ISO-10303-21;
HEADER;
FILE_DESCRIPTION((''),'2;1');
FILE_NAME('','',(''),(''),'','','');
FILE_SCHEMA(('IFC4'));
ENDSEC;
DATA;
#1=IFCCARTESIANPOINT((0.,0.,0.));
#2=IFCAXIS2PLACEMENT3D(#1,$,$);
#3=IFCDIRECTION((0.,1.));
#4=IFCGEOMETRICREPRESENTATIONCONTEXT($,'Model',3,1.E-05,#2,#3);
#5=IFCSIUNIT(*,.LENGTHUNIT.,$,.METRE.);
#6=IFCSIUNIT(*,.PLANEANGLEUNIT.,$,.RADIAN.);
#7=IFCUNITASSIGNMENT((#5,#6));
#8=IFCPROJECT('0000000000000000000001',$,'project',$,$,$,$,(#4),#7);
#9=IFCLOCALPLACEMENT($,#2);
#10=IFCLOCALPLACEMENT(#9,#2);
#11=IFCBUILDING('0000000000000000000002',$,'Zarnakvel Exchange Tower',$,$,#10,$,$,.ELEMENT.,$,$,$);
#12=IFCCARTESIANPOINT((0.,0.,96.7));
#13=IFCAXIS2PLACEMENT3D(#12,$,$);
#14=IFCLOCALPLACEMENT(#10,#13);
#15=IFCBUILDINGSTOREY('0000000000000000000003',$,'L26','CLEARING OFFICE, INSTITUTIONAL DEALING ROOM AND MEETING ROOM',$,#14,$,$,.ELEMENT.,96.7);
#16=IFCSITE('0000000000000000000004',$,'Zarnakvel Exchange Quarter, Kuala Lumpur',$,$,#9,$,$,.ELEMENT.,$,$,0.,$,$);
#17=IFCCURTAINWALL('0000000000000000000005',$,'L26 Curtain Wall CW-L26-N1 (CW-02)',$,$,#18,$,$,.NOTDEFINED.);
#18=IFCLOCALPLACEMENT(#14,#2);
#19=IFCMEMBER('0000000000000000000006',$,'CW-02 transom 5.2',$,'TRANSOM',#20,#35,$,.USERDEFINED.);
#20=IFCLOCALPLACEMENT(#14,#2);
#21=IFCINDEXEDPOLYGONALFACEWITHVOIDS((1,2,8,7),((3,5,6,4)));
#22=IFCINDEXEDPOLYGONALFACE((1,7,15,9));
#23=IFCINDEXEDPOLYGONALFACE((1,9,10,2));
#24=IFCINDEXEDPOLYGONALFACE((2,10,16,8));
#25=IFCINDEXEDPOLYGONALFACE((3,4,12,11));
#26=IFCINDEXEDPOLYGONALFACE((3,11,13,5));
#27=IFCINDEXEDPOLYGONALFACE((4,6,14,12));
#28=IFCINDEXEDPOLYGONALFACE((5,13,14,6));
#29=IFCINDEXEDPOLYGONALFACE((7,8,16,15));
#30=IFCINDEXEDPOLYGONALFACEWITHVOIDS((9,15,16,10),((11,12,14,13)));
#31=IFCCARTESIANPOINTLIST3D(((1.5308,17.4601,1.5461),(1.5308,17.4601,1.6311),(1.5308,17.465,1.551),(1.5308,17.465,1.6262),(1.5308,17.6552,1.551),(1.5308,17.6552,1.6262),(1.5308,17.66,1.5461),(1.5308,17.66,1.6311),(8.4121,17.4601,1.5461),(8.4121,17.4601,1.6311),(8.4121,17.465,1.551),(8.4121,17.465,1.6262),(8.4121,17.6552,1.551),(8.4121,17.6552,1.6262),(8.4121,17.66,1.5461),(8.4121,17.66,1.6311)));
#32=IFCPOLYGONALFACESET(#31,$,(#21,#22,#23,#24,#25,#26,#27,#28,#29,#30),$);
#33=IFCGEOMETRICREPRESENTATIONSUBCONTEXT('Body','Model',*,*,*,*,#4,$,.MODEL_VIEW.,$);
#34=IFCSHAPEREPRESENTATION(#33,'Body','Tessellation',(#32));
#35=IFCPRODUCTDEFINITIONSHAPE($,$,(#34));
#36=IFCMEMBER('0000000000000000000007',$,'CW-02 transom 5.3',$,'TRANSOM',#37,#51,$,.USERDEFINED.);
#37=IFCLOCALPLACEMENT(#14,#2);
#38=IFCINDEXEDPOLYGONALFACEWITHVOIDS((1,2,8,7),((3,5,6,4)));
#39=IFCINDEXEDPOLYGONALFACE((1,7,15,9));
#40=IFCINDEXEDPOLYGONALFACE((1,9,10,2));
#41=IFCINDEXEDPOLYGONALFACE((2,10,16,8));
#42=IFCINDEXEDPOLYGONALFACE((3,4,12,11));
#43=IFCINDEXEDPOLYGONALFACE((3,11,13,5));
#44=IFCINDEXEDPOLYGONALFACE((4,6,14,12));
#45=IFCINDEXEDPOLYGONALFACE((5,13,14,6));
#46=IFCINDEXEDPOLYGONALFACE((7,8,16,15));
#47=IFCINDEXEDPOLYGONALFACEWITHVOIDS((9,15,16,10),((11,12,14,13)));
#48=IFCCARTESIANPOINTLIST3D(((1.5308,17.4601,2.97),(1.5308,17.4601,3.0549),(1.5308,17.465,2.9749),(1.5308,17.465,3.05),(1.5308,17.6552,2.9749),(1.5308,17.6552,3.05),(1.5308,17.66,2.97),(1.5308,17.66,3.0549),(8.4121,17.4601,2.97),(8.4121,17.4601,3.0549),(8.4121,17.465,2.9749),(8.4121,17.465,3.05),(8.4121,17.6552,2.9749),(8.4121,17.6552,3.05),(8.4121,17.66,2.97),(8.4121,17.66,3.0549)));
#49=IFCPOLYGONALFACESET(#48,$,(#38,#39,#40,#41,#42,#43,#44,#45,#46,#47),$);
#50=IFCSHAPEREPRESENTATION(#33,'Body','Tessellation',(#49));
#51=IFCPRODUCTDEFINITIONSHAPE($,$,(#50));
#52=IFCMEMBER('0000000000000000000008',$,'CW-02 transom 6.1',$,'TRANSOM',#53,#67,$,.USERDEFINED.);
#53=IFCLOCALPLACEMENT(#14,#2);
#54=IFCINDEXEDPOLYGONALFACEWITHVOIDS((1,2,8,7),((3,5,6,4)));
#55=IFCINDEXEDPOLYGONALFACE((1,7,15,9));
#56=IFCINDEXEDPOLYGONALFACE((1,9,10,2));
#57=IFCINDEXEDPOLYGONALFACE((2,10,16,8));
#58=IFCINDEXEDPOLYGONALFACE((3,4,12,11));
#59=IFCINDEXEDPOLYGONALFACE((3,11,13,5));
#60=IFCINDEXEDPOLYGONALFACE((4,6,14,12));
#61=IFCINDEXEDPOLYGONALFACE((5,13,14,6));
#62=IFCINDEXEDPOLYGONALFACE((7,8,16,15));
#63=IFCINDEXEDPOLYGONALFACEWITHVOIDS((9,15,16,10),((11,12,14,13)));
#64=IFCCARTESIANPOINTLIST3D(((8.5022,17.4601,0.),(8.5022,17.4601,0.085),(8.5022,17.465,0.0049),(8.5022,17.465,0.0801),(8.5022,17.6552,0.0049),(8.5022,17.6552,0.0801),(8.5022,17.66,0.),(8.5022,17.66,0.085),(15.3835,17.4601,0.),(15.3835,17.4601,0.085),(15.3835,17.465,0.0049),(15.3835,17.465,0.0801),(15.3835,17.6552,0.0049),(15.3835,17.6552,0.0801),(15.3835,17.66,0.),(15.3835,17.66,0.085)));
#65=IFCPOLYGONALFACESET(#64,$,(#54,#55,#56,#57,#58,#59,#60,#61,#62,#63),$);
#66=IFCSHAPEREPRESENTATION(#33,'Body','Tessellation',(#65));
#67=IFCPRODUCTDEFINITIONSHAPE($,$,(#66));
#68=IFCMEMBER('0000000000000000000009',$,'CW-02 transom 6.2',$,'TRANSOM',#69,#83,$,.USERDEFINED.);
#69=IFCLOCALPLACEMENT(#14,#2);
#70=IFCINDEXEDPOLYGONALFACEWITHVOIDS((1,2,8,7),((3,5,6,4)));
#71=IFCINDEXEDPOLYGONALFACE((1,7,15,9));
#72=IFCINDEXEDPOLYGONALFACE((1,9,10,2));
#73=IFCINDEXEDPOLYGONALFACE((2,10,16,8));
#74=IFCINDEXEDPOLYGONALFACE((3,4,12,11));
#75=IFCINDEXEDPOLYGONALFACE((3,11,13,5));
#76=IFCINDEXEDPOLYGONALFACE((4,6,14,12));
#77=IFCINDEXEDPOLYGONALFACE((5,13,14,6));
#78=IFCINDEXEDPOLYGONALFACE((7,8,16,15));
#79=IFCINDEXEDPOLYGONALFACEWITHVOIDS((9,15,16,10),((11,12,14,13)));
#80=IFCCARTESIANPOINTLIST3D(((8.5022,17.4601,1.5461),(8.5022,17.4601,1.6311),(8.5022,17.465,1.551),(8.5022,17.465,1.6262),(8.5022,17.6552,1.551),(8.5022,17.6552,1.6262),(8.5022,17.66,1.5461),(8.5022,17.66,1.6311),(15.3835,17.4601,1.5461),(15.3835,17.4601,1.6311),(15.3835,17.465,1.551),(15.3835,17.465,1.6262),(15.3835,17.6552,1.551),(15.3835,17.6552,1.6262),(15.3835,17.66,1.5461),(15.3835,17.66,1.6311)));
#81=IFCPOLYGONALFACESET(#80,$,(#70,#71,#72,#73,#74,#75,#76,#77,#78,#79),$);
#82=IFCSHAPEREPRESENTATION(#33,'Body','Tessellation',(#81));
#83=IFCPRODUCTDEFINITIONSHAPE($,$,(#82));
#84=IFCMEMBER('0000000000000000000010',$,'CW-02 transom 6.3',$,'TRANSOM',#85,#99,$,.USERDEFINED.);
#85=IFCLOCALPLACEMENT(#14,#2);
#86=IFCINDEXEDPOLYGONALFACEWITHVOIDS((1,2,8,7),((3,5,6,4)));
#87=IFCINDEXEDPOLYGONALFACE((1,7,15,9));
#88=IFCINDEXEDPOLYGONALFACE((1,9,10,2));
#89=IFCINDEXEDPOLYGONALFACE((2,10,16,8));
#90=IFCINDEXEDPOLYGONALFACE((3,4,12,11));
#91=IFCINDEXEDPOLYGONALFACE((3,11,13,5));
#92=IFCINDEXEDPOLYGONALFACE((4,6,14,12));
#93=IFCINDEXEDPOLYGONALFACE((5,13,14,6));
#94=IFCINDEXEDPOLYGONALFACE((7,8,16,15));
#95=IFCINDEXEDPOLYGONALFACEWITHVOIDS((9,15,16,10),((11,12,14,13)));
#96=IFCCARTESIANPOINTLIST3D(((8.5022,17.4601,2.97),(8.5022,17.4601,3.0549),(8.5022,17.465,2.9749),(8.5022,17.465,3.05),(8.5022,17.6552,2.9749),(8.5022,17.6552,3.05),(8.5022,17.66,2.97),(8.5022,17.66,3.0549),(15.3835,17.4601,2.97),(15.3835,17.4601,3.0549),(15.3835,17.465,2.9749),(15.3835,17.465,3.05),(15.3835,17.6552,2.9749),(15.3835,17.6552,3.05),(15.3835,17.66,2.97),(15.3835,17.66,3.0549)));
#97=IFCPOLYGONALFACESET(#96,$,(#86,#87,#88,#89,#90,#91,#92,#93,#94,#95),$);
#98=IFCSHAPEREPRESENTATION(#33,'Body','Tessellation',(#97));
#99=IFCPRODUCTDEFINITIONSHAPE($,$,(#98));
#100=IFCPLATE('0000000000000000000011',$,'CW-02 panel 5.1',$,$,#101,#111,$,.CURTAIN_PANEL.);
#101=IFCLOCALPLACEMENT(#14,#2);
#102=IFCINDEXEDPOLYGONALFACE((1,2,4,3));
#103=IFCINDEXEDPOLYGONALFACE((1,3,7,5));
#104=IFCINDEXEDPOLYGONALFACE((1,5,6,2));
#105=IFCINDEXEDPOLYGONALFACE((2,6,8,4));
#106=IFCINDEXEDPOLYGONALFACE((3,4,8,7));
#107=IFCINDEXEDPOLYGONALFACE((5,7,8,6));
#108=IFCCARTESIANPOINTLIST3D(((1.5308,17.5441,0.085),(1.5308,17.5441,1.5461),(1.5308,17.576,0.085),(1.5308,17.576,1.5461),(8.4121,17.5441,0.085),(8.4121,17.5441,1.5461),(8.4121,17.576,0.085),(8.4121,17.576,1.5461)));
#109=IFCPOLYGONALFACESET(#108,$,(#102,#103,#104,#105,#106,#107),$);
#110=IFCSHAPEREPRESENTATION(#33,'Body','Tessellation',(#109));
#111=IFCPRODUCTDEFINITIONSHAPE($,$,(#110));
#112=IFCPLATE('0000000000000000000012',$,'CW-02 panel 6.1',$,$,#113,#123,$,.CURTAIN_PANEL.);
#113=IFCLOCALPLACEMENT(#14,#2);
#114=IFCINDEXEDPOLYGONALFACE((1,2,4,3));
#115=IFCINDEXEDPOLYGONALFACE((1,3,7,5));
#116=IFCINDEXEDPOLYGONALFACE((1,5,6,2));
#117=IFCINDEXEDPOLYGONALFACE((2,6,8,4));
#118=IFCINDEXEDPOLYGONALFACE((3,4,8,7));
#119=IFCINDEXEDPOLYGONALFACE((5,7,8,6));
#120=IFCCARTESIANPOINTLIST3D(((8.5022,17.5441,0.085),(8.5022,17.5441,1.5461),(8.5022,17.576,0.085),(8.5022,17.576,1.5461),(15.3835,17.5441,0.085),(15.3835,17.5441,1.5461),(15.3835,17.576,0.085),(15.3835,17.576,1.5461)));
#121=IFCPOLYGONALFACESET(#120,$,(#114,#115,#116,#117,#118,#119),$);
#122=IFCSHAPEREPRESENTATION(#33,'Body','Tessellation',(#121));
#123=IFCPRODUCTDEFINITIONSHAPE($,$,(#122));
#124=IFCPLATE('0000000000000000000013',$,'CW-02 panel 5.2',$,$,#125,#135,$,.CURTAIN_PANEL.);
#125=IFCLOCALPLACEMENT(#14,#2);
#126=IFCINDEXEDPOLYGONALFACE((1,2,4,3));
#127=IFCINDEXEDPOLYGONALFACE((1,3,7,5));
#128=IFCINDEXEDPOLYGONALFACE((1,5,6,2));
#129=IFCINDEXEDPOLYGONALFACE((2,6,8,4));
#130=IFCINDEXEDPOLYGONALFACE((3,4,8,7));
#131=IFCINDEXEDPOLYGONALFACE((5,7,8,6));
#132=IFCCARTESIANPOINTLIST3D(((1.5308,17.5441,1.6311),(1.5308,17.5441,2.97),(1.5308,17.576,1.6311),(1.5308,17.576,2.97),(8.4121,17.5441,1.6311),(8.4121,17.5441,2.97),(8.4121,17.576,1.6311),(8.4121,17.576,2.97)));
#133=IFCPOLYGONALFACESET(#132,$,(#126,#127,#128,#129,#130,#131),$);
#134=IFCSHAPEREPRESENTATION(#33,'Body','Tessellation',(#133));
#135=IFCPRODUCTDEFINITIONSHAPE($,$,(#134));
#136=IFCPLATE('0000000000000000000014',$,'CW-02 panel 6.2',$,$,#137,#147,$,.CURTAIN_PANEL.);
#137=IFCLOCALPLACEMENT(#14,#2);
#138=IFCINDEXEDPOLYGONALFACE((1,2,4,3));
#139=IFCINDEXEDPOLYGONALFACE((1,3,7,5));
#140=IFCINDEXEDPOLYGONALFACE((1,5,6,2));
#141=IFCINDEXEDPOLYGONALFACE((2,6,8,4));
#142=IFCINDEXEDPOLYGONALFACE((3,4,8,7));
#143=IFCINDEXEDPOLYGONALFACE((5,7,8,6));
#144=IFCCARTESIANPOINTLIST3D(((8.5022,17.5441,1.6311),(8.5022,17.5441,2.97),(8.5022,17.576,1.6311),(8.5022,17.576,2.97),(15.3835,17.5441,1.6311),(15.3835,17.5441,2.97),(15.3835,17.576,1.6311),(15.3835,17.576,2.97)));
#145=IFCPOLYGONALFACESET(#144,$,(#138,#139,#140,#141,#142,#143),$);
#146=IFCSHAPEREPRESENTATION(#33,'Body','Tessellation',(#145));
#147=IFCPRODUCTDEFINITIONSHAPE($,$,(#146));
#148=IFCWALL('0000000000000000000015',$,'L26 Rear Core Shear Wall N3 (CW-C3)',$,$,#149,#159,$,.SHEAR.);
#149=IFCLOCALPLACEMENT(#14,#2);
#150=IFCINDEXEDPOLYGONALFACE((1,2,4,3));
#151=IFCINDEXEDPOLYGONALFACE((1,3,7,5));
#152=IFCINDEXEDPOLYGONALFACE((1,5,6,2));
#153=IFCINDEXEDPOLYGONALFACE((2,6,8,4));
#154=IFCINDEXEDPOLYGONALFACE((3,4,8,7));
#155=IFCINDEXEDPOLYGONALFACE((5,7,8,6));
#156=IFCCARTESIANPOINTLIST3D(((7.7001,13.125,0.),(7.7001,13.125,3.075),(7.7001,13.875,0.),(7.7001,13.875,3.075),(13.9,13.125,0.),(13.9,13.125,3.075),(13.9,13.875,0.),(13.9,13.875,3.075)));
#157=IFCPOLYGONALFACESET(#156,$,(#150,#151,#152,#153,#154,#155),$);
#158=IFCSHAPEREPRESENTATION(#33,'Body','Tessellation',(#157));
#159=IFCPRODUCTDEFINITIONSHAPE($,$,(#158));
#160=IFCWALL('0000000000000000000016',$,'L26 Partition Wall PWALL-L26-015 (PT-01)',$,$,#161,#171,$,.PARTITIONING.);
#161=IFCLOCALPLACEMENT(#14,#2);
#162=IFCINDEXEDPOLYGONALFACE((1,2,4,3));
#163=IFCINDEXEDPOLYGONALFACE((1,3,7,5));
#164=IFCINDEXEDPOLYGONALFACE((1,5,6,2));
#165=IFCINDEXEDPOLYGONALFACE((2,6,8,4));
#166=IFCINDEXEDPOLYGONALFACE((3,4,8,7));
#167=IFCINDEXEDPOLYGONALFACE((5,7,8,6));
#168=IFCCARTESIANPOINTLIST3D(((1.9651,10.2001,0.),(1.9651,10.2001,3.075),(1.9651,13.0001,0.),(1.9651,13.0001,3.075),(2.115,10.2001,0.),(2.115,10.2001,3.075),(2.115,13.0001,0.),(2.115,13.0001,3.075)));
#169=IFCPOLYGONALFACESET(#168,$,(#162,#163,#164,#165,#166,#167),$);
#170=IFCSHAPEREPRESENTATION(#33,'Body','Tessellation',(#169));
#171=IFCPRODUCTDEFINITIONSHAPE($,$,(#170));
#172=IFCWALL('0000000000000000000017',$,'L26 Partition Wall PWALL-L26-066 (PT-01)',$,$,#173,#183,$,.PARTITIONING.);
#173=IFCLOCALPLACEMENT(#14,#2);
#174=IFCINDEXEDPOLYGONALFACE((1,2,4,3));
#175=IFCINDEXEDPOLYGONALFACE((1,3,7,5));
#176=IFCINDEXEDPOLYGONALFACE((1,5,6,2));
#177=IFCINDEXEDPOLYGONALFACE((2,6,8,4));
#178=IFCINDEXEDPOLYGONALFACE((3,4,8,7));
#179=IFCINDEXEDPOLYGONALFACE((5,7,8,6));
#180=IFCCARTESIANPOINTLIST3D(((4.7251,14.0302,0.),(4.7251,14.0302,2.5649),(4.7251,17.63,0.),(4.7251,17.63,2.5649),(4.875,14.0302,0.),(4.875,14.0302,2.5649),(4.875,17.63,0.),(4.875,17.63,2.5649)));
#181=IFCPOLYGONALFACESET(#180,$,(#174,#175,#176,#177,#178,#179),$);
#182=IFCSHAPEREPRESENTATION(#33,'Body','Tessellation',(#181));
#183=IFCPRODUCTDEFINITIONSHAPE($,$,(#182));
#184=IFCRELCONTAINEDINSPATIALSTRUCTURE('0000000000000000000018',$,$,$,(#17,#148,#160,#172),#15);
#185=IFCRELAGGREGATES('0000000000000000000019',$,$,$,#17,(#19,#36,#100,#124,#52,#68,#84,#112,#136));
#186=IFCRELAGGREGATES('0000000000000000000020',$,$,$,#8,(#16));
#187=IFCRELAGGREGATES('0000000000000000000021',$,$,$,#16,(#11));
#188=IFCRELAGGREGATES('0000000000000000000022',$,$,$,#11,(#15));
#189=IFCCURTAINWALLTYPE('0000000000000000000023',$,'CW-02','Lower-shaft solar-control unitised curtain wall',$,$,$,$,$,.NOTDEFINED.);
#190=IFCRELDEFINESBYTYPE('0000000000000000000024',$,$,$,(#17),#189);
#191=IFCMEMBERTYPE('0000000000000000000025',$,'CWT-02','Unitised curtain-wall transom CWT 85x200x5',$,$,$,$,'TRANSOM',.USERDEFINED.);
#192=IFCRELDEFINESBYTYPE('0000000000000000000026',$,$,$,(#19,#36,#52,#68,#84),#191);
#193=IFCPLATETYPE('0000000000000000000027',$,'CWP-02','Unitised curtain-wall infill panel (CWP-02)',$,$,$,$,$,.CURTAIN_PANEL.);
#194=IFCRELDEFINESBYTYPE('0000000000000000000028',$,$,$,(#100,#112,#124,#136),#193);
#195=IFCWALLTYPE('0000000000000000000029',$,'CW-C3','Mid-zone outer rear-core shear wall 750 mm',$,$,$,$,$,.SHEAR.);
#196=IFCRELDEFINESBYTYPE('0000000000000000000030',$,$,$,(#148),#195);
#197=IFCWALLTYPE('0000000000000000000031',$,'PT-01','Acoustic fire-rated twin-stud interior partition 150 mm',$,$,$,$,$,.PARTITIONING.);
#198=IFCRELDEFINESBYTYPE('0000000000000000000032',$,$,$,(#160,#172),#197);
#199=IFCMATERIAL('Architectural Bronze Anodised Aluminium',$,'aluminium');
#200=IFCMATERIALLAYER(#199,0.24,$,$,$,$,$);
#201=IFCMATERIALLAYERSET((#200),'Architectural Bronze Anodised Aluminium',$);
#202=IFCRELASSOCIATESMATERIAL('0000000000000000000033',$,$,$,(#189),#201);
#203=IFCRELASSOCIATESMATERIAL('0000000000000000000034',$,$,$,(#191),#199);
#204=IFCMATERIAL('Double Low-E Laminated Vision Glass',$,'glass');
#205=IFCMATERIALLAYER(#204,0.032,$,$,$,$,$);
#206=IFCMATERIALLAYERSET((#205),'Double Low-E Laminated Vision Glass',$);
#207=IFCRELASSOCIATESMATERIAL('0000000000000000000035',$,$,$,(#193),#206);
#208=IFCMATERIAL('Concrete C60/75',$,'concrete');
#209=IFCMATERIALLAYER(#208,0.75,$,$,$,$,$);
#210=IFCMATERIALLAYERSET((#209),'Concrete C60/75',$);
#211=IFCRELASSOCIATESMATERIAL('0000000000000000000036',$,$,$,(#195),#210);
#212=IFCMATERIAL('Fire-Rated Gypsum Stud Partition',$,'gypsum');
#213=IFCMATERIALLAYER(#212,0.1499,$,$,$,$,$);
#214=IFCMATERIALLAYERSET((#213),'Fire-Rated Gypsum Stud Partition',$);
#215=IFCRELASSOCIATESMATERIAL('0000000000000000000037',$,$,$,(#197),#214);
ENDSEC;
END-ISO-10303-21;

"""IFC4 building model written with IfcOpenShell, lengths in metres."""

from ifc_helpers import new_model, si_unit, direction, frame, frame_2d, origin, origin_2d, place, context, subcontext, project, spatial, rectangle, hollow_rectangle, extrude, source, transform, mapped, material, layer, layer_set, material_profile, profile_set, type_object, element, aggregate, save


model = new_model("IFC4")

# Units and contexts
model_context = context("Model", 3, precision=1e-05, world=origin(), true_north=direction((0.0, 1.0)))
body_context = subcontext(model_context, "Body", "Model", "MODEL_VIEW")
ifc_project = project(units=[si_unit("LENGTHUNIT", "METRE"), si_unit("PLANEANGLEUNIT", "RADIAN")], contexts=[model_context])

# Site, building, storey
site_placement = place(None, origin())
site = spatial("IfcSite", under=ifc_project, at=site_placement, Name="Zarnakvel Exchange Quarter, Kuala Lumpur", CompositionType="ELEMENT", RefElevation=0.0)
building_placement = place(site_placement, origin())
building = spatial("IfcBuilding", under=site, at=building_placement, Name="Zarnakvel Exchange Tower", CompositionType="ELEMENT")
storey_placement = place(building_placement, frame((0.0, 0.0, 96.7)))
storey = spatial("IfcBuildingStorey", under=building, at=storey_placement, Name="L26", Description="CLEARING OFFICE, INSTITUTIONAL DEALING ROOM AND MEETING ROOM", CompositionType="ELEMENT", Elevation=96.7)

# Shared definitions
ifc_material_1 = material(Name="Concrete C60/75", Category="concrete")

# Curtain wall, members, plates
ifc_material_2 = material(Name="Architectural Bronze Anodised Aluminium", Category="aluminium")
ifc_layer_1 = layer(ifc_material_2, 0.24)
ifc_layer_set_1 = layer_set([ifc_layer_1], Name="Architectural Bronze Anodised Aluminium")
curtain_wall_type = type_object("IfcCurtainWallType", Name="CW-02", Description="Lower-shaft solar-control unitised curtain wall", PredefinedType="NOTDEFINED", material=ifc_layer_set_1)
curtain_wall_placement = place(storey_placement, origin())
curtain_wall = element("IfcCurtainWall", 1, at=curtain_wall_placement, inside=storey, type_object=curtain_wall_type, Name="L26 Curtain Wall CW-L26-N1 (CW-02)", PredefinedType="NOTDEFINED")
ifc_material_profile_1 = material_profile(ifc_material_2, hollow_rectangle(XDim=0.2, YDim=0.085, WallThickness=0.0049, at=origin_2d()))
ifc_profile_set_1 = profile_set([ifc_material_profile_1], Name="Architectural Bronze Anodised Aluminium")
member_type_1 = type_object("IfcMemberType", Name="CWT-02", Description="Unitised curtain-wall transom CWT 85x200x5", ElementType="TRANSOM", PredefinedType="USERDEFINED", material=ifc_profile_set_1)
shared_shape_1 = source(origin(), body_context, "Body", "SweptSolid", [
    extrude(hollow_rectangle(XDim=0.2, YDim=0.085, WallThickness=0.0049, at=origin_2d()), origin(), (0.0, 0.0, 1.0), 6.8813),
])
member_1_placement = place(storey_placement, frame((1.5308, 17.5601, 1.5886), z_axis=(1.0, 0.0, 0.0), x_axis=(0.0, 1.0, 0.0)))
member_1 = element("IfcMember", 2, at=member_1_placement, type_object=member_type_1, Name="CW-02 transom 5.2", ObjectType="TRANSOM", PredefinedType="USERDEFINED", context=body_context, shape_type="MappedRepresentation", body=[
    mapped(shared_shape_1, transform((0.0, 0.0, 0.0), x_axis=(1.0, 0.0, 0.0), y_axis=(0.0, 1.0, 0.0), z_axis=(0.0, 0.0, 1.0), scale=1.0)),
])
member_2_placement = place(storey_placement, frame((1.5308, 17.5601, 3.0125), z_axis=(1.0, 0.0, 0.0), x_axis=(0.0, 1.0, 0.0)))
member_2 = element("IfcMember", 3, at=member_2_placement, type_object=member_type_1, Name="CW-02 transom 5.3", ObjectType="TRANSOM", PredefinedType="USERDEFINED", context=body_context, shape_type="MappedRepresentation", body=[
    mapped(shared_shape_1, transform((0.0, 0.0, 0.0), x_axis=(1.0, 0.0, 0.0), y_axis=(0.0, 1.0, 0.0), z_axis=(0.0, 0.0, 1.0), scale=1.0)),
])
member_3_placement = place(storey_placement, frame((8.5022, 17.5601, 0.0425), z_axis=(1.0, 0.0, 0.0), x_axis=(0.0, 1.0, 0.0)))
member_3 = element("IfcMember", 4, at=member_3_placement, type_object=member_type_1, Name="CW-02 transom 6.1", ObjectType="TRANSOM", PredefinedType="USERDEFINED", context=body_context, shape_type="MappedRepresentation", body=[
    mapped(shared_shape_1, transform((0.0, 0.0, 0.0), x_axis=(1.0, 0.0, 0.0), y_axis=(0.0, 1.0, 0.0), z_axis=(0.0, 0.0, 1.0), scale=1.0)),
])
member_4_placement = place(storey_placement, frame((8.5022, 17.5601, 1.5886), z_axis=(1.0, 0.0, 0.0), x_axis=(0.0, 1.0, 0.0)))
member_4 = element("IfcMember", 5, at=member_4_placement, type_object=member_type_1, Name="CW-02 transom 6.2", ObjectType="TRANSOM", PredefinedType="USERDEFINED", context=body_context, shape_type="MappedRepresentation", body=[
    mapped(shared_shape_1, transform((0.0, 0.0, 0.0), x_axis=(1.0, 0.0, 0.0), y_axis=(0.0, 1.0, 0.0), z_axis=(0.0, 0.0, 1.0), scale=1.0)),
])
member_5_placement = place(storey_placement, frame((8.5022, 17.5601, 3.0125), z_axis=(1.0, 0.0, 0.0), x_axis=(0.0, 1.0, 0.0)))
member_5 = element("IfcMember", 6, at=member_5_placement, type_object=member_type_1, Name="CW-02 transom 6.3", ObjectType="TRANSOM", PredefinedType="USERDEFINED", context=body_context, shape_type="MappedRepresentation", body=[
    mapped(shared_shape_1, transform((0.0, 0.0, 0.0), x_axis=(1.0, 0.0, 0.0), y_axis=(0.0, 1.0, 0.0), z_axis=(0.0, 0.0, 1.0), scale=1.0)),
])
ifc_material_3 = material(Name="Double Low-E Laminated Vision Glass", Category="glass")
ifc_layer_2 = layer(ifc_material_3, 0.032)
ifc_layer_set_2 = layer_set([ifc_layer_2], Name="Double Low-E Laminated Vision Glass")
plate_type = type_object("IfcPlateType", Name="CWP-02", Description="Unitised curtain-wall infill panel (CWP-02)", PredefinedType="CURTAIN_PANEL", material=ifc_layer_set_2)
shared_shape_2 = source(origin(), body_context, "Body", "SweptSolid", [
    extrude(rectangle(XDim=6.8813, YDim=0.032, at=origin_2d()), origin(), (0.0, 0.0, 1.0), 1.4612),
])
plate_1_placement = place(storey_placement, frame((4.9714, 17.5601, 0.085), z_axis=(0.0, 0.0, 1.0), x_axis=(1.0, 0.0, 0.0)))
plate_1 = element("IfcPlate", 7, at=plate_1_placement, type_object=plate_type, Name="CW-02 panel 5.1", PredefinedType="CURTAIN_PANEL", context=body_context, shape_type="MappedRepresentation", body=[
    mapped(shared_shape_2, transform((0.0, 0.0, 0.0), x_axis=(1.0, 0.0, 0.0), y_axis=(0.0, 1.0, 0.0), z_axis=(0.0, 0.0, 1.0), scale=1.0)),
])
plate_2_placement = place(storey_placement, frame((11.9429, 17.5601, 0.085), z_axis=(0.0, 0.0, 1.0), x_axis=(1.0, 0.0, 0.0)))
plate_2 = element("IfcPlate", 8, at=plate_2_placement, type_object=plate_type, Name="CW-02 panel 6.1", PredefinedType="CURTAIN_PANEL", context=body_context, shape_type="MappedRepresentation", body=[
    mapped(shared_shape_2, transform((0.0, 0.0, 0.0), x_axis=(1.0, 0.0, 0.0), y_axis=(0.0, 1.0, 0.0), z_axis=(0.0, 0.0, 1.0), scale=1.0)),
])
shared_shape_3 = source(origin(), body_context, "Body", "SweptSolid", [
    extrude(rectangle(XDim=6.8813, YDim=0.032, at=origin_2d()), origin(), (0.0, 0.0, 1.0), 1.3389),
])
plate_3_placement = place(storey_placement, frame((4.9714, 17.5601, 1.6311), z_axis=(0.0, 0.0, 1.0), x_axis=(1.0, 0.0, 0.0)))
plate_3 = element("IfcPlate", 9, at=plate_3_placement, type_object=plate_type, Name="CW-02 panel 5.2", PredefinedType="CURTAIN_PANEL", context=body_context, shape_type="MappedRepresentation", body=[
    mapped(shared_shape_3, transform((0.0, 0.0, 0.0), x_axis=(1.0, 0.0, 0.0), y_axis=(0.0, 1.0, 0.0), z_axis=(0.0, 0.0, 1.0), scale=1.0)),
])
plate_4_placement = place(storey_placement, frame((11.9429, 17.5601, 1.6311), z_axis=(0.0, 0.0, 1.0), x_axis=(1.0, 0.0, 0.0)))
plate_4 = element("IfcPlate", 10, at=plate_4_placement, type_object=plate_type, Name="CW-02 panel 6.2", PredefinedType="CURTAIN_PANEL", context=body_context, shape_type="MappedRepresentation", body=[
    mapped(shared_shape_3, transform((0.0, 0.0, 0.0), x_axis=(1.0, 0.0, 0.0), y_axis=(0.0, 1.0, 0.0), z_axis=(0.0, 0.0, 1.0), scale=1.0)),
])
aggregate(curtain_wall, [member_1, member_2, plate_1, plate_3, member_3, member_4, member_5, plate_2, plate_4])

# Wall
ifc_layer_3 = layer(ifc_material_1, 0.75)
ifc_layer_set_3 = layer_set([ifc_layer_3], Name="Concrete C60/75")
wall_type_1 = type_object("IfcWallType", Name="CW-C3", Description="Mid-zone outer rear-core shear wall 750 mm", PredefinedType="SHEAR", material=ifc_layer_set_3)
wall_1_placement = place(storey_placement, frame((7.7, 13.5, 0.0), z_axis=(0.0, 0.0, 1.0), x_axis=(1.0, 0.0, 0.0)))
element("IfcWall", 11, at=wall_1_placement, inside=storey, type_object=wall_type_1, Name="L26 Rear Core Shear Wall N3 (CW-C3)", PredefinedType="SHEAR", context=body_context, shape_type="SweptSolid", body=[
    extrude(rectangle(XDim=6.2, YDim=0.75, at=frame_2d((3.1001, 0.0))), origin(), (0.0, 0.0, 1.0), 3.075),
])

# Shared definitions
ifc_material_4 = material(Name="Fire-Rated Gypsum Stud Partition", Category="gypsum")
ifc_layer_4 = layer(ifc_material_4, 0.1499)
ifc_layer_set_4 = layer_set([ifc_layer_4], Name="Fire-Rated Gypsum Stud Partition")
wall_type_2 = type_object("IfcWallType", Name="PT-01", Description="Acoustic fire-rated twin-stud interior partition 150 mm", PredefinedType="PARTITIONING", material=ifc_layer_set_4)

# Walls
wall_2_placement = place(storey_placement, frame((2.04, 13.0, 0.0), z_axis=(0.0, 0.0, 1.0), x_axis=(0.0, -1.0, 0.0)))
element("IfcWall", 12, at=wall_2_placement, inside=storey, type_object=wall_type_2, Name="L26 Partition Wall PWALL-L26-015 (PT-01)", PredefinedType="PARTITIONING", context=body_context, shape_type="SweptSolid", body=[
    extrude(rectangle(XDim=2.8, YDim=0.1499, at=frame_2d((1.3999, 0.0))), origin(), (0.0, 0.0, 1.0), 3.075),
])
wall_3_placement = place(storey_placement, frame((4.8, 17.6299, 0.0), z_axis=(0.0, 0.0, 1.0), x_axis=(0.0, -1.0, 0.0)))
element("IfcWall", 13, at=wall_3_placement, inside=storey, type_object=wall_type_2, Name="L26 Partition Wall PWALL-L26-066 (PT-01)", PredefinedType="PARTITIONING", context=body_context, shape_type="SweptSolid", body=[
    extrude(rectangle(XDim=3.5999, YDim=0.1499, at=frame_2d((1.7998, 0.0))), origin(), (0.0, 0.0, 1.0), 2.5649),
])

save(model, "model.ifc")
